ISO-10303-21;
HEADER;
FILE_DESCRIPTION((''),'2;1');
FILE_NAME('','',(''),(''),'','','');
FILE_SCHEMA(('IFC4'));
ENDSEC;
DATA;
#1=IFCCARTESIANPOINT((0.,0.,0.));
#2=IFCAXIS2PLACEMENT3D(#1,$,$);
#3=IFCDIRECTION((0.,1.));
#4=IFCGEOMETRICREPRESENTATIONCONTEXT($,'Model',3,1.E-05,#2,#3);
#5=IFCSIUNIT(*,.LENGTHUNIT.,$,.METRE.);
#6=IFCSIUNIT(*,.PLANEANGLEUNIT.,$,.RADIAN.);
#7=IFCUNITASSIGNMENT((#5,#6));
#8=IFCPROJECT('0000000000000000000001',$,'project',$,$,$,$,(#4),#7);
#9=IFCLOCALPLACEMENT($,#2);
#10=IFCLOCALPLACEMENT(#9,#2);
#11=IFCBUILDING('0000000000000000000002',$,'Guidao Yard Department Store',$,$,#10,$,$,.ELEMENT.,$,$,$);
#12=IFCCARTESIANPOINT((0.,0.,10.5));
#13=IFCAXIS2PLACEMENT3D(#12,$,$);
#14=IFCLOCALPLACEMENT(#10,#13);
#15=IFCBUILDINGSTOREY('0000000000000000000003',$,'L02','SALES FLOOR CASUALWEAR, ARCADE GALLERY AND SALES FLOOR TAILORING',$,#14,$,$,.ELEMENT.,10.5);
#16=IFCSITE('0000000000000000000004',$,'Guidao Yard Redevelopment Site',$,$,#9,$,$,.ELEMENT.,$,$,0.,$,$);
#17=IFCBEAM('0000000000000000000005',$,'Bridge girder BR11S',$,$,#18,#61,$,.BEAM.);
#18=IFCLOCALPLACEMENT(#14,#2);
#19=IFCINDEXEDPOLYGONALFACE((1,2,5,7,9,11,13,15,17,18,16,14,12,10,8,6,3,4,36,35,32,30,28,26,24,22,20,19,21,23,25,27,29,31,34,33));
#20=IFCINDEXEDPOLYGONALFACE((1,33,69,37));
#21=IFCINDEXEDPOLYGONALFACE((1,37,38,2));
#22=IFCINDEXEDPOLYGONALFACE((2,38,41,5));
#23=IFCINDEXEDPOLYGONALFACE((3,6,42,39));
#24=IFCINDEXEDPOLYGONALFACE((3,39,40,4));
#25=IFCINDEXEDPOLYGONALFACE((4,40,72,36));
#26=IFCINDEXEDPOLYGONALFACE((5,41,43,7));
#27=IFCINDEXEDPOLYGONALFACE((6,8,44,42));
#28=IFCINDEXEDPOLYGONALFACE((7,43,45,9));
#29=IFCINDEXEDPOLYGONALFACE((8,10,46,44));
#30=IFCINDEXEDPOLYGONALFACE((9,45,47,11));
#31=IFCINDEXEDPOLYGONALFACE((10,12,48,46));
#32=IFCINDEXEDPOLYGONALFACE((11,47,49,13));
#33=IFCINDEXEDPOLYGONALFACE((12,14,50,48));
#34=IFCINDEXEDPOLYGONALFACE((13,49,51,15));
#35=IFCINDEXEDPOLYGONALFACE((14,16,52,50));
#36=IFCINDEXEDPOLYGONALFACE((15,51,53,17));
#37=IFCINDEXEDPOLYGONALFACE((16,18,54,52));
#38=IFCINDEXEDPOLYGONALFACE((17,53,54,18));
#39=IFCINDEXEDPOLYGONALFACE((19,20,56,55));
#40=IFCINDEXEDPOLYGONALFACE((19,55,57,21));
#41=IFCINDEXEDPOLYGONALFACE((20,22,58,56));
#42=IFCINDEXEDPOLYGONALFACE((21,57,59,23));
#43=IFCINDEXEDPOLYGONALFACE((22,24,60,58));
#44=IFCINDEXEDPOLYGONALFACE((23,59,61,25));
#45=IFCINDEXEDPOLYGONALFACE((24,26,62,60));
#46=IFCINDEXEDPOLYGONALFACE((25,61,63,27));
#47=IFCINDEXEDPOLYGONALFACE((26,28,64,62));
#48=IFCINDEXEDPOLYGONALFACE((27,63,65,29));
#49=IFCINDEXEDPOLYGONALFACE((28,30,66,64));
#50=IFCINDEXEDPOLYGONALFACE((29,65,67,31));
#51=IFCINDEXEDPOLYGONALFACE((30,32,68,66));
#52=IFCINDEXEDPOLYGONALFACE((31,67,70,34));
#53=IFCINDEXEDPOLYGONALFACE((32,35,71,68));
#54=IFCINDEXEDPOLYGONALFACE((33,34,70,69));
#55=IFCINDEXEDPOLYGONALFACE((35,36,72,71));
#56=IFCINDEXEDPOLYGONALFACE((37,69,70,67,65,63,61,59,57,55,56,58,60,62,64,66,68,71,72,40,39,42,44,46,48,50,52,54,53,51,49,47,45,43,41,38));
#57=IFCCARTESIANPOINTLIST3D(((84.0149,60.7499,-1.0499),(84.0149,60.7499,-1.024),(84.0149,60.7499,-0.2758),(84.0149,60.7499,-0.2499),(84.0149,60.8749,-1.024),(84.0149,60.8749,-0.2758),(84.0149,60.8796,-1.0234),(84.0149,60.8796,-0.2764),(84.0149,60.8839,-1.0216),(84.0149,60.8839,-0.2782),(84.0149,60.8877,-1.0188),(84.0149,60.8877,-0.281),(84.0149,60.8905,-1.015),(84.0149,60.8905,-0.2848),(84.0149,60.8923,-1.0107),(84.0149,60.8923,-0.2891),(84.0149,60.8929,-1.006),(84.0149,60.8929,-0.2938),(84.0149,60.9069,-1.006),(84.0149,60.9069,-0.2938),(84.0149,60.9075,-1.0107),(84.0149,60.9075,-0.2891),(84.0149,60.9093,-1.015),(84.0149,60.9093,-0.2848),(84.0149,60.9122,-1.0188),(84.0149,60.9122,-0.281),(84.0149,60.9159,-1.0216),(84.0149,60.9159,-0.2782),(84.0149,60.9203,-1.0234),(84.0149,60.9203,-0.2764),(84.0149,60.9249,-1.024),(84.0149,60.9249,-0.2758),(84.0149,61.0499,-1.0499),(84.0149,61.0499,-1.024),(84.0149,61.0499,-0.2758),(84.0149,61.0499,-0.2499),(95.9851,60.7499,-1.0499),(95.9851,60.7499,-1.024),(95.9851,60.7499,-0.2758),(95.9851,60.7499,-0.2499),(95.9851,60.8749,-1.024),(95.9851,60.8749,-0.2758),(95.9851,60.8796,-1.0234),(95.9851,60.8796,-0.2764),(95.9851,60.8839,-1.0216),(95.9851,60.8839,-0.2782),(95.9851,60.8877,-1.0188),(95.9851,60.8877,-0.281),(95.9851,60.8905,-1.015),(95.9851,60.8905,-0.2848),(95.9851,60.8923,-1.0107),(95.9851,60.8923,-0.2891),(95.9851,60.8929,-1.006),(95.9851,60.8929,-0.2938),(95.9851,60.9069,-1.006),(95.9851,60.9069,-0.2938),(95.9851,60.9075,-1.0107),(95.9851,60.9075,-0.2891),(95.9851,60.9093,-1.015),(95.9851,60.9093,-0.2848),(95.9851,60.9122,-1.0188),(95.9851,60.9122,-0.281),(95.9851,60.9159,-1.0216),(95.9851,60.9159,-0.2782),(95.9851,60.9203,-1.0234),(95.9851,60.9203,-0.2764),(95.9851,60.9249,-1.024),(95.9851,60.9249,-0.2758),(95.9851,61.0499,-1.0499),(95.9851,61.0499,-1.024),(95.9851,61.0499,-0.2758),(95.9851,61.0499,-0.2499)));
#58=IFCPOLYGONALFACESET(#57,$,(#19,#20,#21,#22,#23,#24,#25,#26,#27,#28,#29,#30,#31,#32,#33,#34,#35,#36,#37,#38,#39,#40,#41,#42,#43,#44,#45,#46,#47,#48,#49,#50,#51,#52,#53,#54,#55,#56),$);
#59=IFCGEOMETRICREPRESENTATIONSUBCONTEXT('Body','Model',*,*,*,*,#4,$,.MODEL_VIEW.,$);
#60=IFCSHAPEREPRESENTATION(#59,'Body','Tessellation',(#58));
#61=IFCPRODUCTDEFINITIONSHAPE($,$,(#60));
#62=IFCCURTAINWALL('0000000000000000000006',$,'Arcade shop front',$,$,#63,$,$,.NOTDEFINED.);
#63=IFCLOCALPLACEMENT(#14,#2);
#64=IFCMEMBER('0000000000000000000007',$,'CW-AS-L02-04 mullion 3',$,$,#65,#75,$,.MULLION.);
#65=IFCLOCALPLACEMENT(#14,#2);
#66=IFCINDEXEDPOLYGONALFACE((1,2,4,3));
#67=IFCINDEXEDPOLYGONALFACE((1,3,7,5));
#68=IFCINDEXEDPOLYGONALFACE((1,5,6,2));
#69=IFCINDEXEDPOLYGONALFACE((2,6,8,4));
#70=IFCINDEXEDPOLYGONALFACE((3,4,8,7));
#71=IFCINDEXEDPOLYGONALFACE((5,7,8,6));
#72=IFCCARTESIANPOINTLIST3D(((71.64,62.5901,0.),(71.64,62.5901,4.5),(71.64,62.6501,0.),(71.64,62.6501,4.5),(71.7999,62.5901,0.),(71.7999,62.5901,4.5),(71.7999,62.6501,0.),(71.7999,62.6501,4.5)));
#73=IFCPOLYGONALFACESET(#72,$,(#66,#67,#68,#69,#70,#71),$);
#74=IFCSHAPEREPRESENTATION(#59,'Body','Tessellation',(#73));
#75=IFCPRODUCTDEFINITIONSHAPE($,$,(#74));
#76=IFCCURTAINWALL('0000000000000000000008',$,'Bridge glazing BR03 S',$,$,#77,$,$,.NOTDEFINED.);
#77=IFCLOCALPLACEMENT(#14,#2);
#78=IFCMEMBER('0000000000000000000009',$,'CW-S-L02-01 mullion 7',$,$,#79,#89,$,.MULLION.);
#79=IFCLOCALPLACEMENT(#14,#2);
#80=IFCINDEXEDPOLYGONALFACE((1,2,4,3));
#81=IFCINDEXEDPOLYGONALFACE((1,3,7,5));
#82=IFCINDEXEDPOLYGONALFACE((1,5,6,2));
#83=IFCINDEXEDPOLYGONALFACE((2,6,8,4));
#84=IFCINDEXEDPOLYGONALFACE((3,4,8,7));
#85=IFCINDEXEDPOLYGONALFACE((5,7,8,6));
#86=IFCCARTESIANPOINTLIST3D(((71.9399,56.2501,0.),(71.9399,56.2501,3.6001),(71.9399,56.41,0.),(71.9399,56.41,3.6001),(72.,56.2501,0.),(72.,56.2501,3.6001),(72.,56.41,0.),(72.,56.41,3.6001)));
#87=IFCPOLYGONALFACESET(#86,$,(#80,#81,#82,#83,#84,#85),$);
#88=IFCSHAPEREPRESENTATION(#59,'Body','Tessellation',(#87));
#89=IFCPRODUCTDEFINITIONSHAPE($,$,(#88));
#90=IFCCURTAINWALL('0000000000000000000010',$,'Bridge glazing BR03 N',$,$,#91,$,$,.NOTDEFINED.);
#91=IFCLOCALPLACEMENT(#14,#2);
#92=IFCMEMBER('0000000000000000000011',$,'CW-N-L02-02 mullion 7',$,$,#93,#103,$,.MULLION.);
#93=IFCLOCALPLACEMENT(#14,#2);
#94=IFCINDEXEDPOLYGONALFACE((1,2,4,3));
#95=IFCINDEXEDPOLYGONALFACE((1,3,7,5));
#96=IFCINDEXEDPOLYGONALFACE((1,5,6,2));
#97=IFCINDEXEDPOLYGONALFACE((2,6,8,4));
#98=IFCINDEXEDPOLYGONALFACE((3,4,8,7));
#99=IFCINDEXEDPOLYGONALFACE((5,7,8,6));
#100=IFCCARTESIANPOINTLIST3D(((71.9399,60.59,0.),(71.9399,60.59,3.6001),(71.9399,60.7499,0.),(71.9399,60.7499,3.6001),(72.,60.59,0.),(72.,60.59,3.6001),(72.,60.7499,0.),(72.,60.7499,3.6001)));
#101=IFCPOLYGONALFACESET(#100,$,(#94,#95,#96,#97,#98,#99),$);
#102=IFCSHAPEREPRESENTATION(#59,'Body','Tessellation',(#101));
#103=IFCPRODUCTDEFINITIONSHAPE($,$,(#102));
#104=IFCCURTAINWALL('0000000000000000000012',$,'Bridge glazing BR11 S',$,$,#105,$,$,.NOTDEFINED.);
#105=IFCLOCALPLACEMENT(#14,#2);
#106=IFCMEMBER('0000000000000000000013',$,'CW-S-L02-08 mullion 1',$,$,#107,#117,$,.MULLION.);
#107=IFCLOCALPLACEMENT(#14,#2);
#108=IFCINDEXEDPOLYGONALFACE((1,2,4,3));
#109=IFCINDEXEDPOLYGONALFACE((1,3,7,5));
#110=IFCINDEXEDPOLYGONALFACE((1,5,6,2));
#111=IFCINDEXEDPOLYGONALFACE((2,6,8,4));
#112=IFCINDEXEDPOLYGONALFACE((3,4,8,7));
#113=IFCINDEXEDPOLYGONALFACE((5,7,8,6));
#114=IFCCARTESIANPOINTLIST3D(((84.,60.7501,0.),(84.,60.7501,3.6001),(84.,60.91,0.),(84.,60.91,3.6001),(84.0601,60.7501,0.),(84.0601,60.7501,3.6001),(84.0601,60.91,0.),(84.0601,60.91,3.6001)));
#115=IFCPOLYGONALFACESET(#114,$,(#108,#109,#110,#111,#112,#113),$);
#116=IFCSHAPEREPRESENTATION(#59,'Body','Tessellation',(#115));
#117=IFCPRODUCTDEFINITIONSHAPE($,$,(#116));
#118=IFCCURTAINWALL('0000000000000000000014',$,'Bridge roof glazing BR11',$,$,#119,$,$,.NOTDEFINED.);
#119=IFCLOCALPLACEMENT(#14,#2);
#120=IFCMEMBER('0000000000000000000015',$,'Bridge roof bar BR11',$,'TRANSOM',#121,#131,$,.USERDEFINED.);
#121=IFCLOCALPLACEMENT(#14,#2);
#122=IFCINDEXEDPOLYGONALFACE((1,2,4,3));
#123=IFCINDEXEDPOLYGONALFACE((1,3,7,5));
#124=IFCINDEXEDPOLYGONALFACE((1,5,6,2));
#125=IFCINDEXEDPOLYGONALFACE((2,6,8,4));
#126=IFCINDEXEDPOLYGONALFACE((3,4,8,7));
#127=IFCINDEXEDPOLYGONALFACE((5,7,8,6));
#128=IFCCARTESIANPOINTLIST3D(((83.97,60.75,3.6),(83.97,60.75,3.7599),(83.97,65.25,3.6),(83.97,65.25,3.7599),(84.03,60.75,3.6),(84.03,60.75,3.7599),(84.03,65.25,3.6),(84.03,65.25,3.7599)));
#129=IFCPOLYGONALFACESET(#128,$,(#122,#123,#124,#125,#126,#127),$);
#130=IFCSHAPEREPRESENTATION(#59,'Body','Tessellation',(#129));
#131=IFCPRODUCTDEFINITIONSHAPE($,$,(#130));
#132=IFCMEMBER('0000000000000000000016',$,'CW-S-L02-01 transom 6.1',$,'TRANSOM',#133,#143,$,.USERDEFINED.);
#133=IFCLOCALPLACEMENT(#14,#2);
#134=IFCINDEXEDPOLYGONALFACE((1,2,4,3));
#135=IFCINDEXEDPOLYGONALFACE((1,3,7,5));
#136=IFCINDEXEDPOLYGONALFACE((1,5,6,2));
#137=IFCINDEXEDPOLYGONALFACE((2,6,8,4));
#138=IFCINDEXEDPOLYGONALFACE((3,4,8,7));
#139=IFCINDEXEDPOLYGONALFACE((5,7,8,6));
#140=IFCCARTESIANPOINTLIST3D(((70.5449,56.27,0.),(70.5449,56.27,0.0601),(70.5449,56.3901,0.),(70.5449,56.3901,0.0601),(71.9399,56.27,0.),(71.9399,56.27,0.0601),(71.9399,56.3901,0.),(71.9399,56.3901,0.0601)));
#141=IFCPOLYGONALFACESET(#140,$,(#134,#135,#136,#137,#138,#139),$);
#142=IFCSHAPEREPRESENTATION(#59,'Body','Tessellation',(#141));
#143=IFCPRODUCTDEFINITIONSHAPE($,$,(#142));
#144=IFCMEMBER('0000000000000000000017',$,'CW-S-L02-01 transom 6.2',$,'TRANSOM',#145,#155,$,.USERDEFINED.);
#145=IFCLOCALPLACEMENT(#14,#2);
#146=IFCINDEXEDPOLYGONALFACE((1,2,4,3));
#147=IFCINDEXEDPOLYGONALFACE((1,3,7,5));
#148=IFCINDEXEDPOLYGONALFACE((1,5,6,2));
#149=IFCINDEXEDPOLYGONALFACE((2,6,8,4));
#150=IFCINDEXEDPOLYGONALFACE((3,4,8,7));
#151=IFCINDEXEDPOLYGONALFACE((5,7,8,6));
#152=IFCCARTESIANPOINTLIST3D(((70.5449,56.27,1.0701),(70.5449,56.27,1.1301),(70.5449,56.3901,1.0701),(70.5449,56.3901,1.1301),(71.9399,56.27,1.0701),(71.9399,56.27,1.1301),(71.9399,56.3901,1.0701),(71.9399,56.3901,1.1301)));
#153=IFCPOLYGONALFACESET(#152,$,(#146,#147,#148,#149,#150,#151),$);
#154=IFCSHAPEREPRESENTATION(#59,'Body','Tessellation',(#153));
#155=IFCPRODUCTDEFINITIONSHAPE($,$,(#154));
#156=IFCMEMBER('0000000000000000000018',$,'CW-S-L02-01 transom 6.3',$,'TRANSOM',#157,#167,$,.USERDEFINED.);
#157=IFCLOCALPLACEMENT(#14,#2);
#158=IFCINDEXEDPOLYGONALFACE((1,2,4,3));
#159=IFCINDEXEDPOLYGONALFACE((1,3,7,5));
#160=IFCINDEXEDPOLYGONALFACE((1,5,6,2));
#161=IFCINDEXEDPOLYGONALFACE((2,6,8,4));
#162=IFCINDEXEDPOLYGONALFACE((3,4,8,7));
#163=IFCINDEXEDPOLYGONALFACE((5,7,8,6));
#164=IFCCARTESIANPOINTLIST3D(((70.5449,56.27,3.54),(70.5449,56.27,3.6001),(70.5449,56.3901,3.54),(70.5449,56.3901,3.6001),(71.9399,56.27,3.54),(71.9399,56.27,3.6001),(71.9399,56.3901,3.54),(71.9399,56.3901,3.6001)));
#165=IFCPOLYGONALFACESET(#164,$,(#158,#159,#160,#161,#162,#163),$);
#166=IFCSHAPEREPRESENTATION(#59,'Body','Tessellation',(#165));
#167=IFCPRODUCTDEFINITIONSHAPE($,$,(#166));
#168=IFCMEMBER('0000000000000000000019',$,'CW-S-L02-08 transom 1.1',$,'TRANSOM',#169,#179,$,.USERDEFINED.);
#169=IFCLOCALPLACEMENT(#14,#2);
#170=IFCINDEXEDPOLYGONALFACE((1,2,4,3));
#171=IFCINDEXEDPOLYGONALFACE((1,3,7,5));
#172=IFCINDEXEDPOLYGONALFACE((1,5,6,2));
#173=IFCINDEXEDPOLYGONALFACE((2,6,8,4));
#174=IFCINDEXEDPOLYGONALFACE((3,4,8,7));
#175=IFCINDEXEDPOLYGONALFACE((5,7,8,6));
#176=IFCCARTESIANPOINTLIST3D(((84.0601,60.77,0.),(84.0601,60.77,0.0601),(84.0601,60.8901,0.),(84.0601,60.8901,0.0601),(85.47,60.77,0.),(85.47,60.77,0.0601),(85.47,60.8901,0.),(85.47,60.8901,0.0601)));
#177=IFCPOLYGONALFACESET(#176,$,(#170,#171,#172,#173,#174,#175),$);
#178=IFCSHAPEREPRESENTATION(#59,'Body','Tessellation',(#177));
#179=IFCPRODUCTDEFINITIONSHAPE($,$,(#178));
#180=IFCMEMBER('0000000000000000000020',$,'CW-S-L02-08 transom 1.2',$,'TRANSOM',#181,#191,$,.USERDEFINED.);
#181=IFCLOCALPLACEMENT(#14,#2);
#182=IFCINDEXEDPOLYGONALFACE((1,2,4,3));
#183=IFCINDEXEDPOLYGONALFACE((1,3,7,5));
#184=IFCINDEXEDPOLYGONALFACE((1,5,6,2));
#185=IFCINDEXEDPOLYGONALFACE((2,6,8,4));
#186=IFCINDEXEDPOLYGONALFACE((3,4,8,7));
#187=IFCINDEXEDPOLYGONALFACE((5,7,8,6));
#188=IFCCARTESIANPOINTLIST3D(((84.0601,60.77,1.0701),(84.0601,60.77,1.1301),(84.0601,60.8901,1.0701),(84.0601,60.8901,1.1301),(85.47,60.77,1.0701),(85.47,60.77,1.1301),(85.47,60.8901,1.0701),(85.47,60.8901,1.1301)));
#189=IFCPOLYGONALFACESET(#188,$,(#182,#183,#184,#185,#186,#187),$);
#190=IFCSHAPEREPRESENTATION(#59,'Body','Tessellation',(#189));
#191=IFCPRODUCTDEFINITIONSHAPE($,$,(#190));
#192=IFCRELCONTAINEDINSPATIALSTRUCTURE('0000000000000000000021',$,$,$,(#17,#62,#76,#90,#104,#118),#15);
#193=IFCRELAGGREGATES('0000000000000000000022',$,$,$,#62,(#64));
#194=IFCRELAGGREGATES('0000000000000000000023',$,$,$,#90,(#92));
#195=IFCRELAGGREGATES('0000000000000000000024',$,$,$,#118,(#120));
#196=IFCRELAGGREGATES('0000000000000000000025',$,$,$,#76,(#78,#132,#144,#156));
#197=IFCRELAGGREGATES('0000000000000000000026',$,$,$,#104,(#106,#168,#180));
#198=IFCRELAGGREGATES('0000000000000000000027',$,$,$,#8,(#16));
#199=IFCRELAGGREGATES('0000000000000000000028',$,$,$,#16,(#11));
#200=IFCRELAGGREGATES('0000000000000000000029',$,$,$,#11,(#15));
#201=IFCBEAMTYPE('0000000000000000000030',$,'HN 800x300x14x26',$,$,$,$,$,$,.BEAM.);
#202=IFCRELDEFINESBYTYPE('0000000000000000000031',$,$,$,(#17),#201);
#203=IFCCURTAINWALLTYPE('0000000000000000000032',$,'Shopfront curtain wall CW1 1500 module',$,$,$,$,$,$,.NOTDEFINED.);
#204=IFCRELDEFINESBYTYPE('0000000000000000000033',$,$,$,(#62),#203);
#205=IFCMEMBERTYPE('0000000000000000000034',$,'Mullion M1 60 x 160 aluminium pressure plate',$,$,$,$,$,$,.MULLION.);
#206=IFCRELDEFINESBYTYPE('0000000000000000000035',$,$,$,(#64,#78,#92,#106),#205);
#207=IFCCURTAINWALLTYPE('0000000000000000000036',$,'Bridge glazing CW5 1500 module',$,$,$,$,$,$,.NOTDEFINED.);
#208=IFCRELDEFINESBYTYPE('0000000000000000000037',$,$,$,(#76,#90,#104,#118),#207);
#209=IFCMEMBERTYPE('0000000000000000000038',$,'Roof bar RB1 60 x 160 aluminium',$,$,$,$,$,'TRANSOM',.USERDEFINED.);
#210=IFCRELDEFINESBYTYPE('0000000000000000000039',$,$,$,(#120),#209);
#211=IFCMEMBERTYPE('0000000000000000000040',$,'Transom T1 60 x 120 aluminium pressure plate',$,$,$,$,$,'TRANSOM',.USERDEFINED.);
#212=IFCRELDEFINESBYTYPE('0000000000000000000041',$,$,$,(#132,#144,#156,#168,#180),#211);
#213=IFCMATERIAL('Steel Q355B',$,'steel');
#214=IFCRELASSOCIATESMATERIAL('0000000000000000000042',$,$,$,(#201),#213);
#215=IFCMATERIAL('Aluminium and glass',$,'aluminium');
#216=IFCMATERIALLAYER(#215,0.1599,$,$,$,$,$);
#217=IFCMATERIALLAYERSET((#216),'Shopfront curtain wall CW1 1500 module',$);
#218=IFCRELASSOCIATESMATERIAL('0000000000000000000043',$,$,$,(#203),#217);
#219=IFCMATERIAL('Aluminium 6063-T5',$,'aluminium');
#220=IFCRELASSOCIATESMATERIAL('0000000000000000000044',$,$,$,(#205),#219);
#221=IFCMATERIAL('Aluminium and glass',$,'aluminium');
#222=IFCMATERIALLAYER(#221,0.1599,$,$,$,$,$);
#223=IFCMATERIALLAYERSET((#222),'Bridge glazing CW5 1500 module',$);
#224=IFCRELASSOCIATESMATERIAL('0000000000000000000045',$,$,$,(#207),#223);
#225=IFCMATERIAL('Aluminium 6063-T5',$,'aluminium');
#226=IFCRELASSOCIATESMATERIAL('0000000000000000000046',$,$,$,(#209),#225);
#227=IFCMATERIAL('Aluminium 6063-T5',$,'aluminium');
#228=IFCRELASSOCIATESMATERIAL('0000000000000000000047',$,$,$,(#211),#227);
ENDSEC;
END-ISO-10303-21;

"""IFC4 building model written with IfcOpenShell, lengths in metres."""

from ifc_helpers import new_model, si_unit, direction, frame, origin, origin_2d, place, context, subcontext, project, spatial, rectangle, i_section, extrude, material, layer, layer_set, material_profile, profile_set, type_object, element, aggregate, save


model = new_model("IFC4")

# Units and contexts
model_context = context("Model", 3, precision=1e-05, world=origin(), true_north=direction((0.0, 1.0)))
body_context = subcontext(model_context, "Body", "Model", "MODEL_VIEW")
ifc_project = project(units=[si_unit("LENGTHUNIT", "METRE"), si_unit("PLANEANGLEUNIT", "RADIAN")], contexts=[model_context])

# Site, building, storey
site_placement = place(None, origin())
site = spatial("IfcSite", under=ifc_project, at=site_placement, Name="Guidao Yard Redevelopment Site", CompositionType="ELEMENT", RefElevation=0.0)
building_placement = place(site_placement, origin())
building = spatial("IfcBuilding", under=site, at=building_placement, Name="Guidao Yard Department Store", CompositionType="ELEMENT")
storey_placement = place(building_placement, frame((0.0, 0.0, 10.5)))
storey = spatial("IfcBuildingStorey", under=building, at=storey_placement, Name="L02", Description="SALES FLOOR CASUALWEAR, ARCADE GALLERY AND SALES FLOOR TAILORING", CompositionType="ELEMENT", Elevation=10.5)

# Beam
ifc_material_1 = material(Name="Steel Q355B", Category="steel")
ifc_material_profile_1 = material_profile(ifc_material_1, i_section(OverallWidth=0.3, OverallDepth=0.8, WebThickness=0.0139, FlangeThickness=0.0259, FilletRadius=0.0181, at=origin_2d()), Name="HN 800x300x14x26")
ifc_profile_set_1 = profile_set([ifc_material_profile_1], Name="Steel Q355B")
beam_type = type_object("IfcBeamType", Name="HN 800x300x14x26", PredefinedType="BEAM", material=ifc_profile_set_1)
beam_placement = place(storey_placement, frame((84.0149, 60.8999, -0.6499), z_axis=(1.0, 0.0, 0.0), x_axis=(0.0, 1.0, 0.0)))
element("IfcBeam", 1, at=beam_placement, inside=storey, type_object=beam_type, Name="Bridge girder BR11S", PredefinedType="BEAM", context=body_context, shape_type="SweptSolid", body=[
    extrude(i_section(OverallWidth=0.3, OverallDepth=0.8, WebThickness=0.0139, FlangeThickness=0.0259, FilletRadius=0.0181, at=origin_2d()), origin(), (0.0, 0.0, 1.0), 11.9702),
])

# Curtain walls, members
ifc_material_2 = material(Name="Aluminium and glass", Category="aluminium")
ifc_layer_1 = layer(ifc_material_2, 0.1599)
ifc_layer_set_1 = layer_set([ifc_layer_1], Name="Shopfront curtain wall CW1 1500 module")
curtain_wall_type_1 = type_object("IfcCurtainWallType", Name="Shopfront curtain wall CW1 1500 module", PredefinedType="NOTDEFINED", material=ifc_layer_set_1)
curtain_wall_1_placement = place(storey_placement, origin())
curtain_wall_1 = element("IfcCurtainWall", 2, at=curtain_wall_1_placement, inside=storey, type_object=curtain_wall_type_1, Name="Arcade shop front", PredefinedType="NOTDEFINED")
ifc_material_3 = material(Name="Aluminium 6063-T5", Category="aluminium")
ifc_material_profile_2 = material_profile(ifc_material_3, rectangle(XDim=0.0601, YDim=0.1599, at=origin_2d()), Name="Mullion M1 60 x 160 aluminium pressure plate")
ifc_profile_set_2 = profile_set([ifc_material_profile_2], Name="Aluminium 6063-T5")
member_type_1 = type_object("IfcMemberType", Name="Mullion M1 60 x 160 aluminium pressure plate", PredefinedType="MULLION", material=ifc_profile_set_2)
member_1_placement = place(storey_placement, frame((71.72, 62.6201, 0.0), z_axis=(0.0, 0.0, 1.0), x_axis=(0.0, 1.0, 0.0)))
member_1 = element("IfcMember", 3, at=member_1_placement, type_object=member_type_1, Name="CW-AS-L02-04 mullion 3", PredefinedType="MULLION", context=body_context, shape_type="SweptSolid", body=[
    extrude(rectangle(XDim=0.0601, YDim=0.1599, at=origin_2d()), origin(), (0.0, 0.0, 1.0), 4.5),
])
aggregate(curtain_wall_1, [member_1])
ifc_material_4 = material(Name="Aluminium and glass", Category="aluminium")
ifc_layer_2 = layer(ifc_material_4, 0.1599)
ifc_layer_set_2 = layer_set([ifc_layer_2], Name="Bridge glazing CW5 1500 module")
curtain_wall_type_2 = type_object("IfcCurtainWallType", Name="Bridge glazing CW5 1500 module", PredefinedType="NOTDEFINED", material=ifc_layer_set_2)
curtain_wall_2_placement = place(storey_placement, origin())
curtain_wall_2 = element("IfcCurtainWall", 4, at=curtain_wall_2_placement, inside=storey, type_object=curtain_wall_type_2, Name="Bridge glazing BR03 S", PredefinedType="NOTDEFINED")
member_2_placement = place(storey_placement, frame((71.97, 56.3301, 0.0), z_axis=(0.0, 0.0, 1.0), x_axis=(-1.0, 0.0, 0.0)))
member_2 = element("IfcMember", 5, at=member_2_placement, type_object=member_type_1, Name="CW-S-L02-01 mullion 7", PredefinedType="MULLION", context=body_context, shape_type="SweptSolid", body=[
    extrude(rectangle(XDim=0.0601, YDim=0.1599, at=origin_2d()), origin(), (0.0, 0.0, 1.0), 3.6001),
])
curtain_wall_3_placement = place(storey_placement, origin())
curtain_wall_3 = element("IfcCurtainWall", 6, at=curtain_wall_3_placement, inside=storey, type_object=curtain_wall_type_2, Name="Bridge glazing BR03 N", PredefinedType="NOTDEFINED")
member_3_placement = place(storey_placement, frame((71.97, 60.6699, 0.0), z_axis=(0.0, 0.0, 1.0), x_axis=(1.0, 0.0, 0.0)))
member_3 = element("IfcMember", 7, at=member_3_placement, type_object=member_type_1, Name="CW-N-L02-02 mullion 7", PredefinedType="MULLION", context=body_context, shape_type="SweptSolid", body=[
    extrude(rectangle(XDim=0.0601, YDim=0.1599, at=origin_2d()), origin(), (0.0, 0.0, 1.0), 3.6001),
])
aggregate(curtain_wall_3, [member_3])
curtain_wall_4_placement = place(storey_placement, origin())
curtain_wall_4 = element("IfcCurtainWall", 8, at=curtain_wall_4_placement, inside=storey, type_object=curtain_wall_type_2, Name="Bridge glazing BR11 S", PredefinedType="NOTDEFINED")
member_4_placement = place(storey_placement, frame((84.03, 60.8301, 0.0), z_axis=(0.0, 0.0, 1.0), x_axis=(-1.0, 0.0, 0.0)))
member_4 = element("IfcMember", 9, at=member_4_placement, type_object=member_type_1, Name="CW-S-L02-08 mullion 1", PredefinedType="MULLION", context=body_context, shape_type="SweptSolid", body=[
    extrude(rectangle(XDim=0.0601, YDim=0.1599, at=origin_2d()), origin(), (0.0, 0.0, 1.0), 3.6001),
])
curtain_wall_5_placement = place(storey_placement, origin())
curtain_wall_5 = element("IfcCurtainWall", 10, at=curtain_wall_5_placement, inside=storey, type_object=curtain_wall_type_2, Name="Bridge roof glazing BR11", PredefinedType="NOTDEFINED")
ifc_material_5 = material(Name="Aluminium 6063-T5", Category="aluminium")
ifc_material_profile_3 = material_profile(ifc_material_5, rectangle(XDim=0.0601, YDim=0.1599, at=origin_2d()), Name="Roof bar RB1 60 x 160 aluminium")
ifc_profile_set_3 = profile_set([ifc_material_profile_3], Name="Aluminium 6063-T5")
member_type_2 = type_object("IfcMemberType", Name="Roof bar RB1 60 x 160 aluminium", ElementType="TRANSOM", PredefinedType="USERDEFINED", material=ifc_profile_set_3)
member_5_placement = place(storey_placement, frame((84.0, 60.75, 3.6799), z_axis=(0.0, 1.0, 0.0), x_axis=(-1.0, 0.0, 0.0)))
member_5 = element("IfcMember", 11, at=member_5_placement, type_object=member_type_2, Name="Bridge roof bar BR11", ObjectType="TRANSOM", PredefinedType="USERDEFINED", context=body_context, shape_type="SweptSolid", body=[
    extrude(rectangle(XDim=0.0601, YDim=0.1599, at=origin_2d()), origin(), (0.0, 0.0, 1.0), 4.5),
])
aggregate(curtain_wall_5, [member_5])

# Members
ifc_material_6 = material(Name="Aluminium 6063-T5", Category="aluminium")
ifc_material_profile_4 = material_profile(ifc_material_6, rectangle(XDim=0.1201, YDim=0.0601, at=origin_2d()), Name="Transom T1 60 x 120 aluminium pressure plate")
ifc_profile_set_4 = profile_set([ifc_material_profile_4], Name="Aluminium 6063-T5")
member_type_3 = type_object("IfcMemberType", Name="Transom T1 60 x 120 aluminium pressure plate", ElementType="TRANSOM", PredefinedType="USERDEFINED", material=ifc_profile_set_4)
member_6_placement = place(storey_placement, frame((71.9399, 56.3301, 0.03), z_axis=(-1.0, 0.0, 0.0), x_axis=(0.0, -1.0, 0.0)))
member_6 = element("IfcMember", 12, at=member_6_placement, type_object=member_type_3, Name="CW-S-L02-01 transom 6.1", ObjectType="TRANSOM", PredefinedType="USERDEFINED", context=body_context, shape_type="SweptSolid", body=[
    extrude(rectangle(XDim=0.1201, YDim=0.0601, at=origin_2d()), origin(), (0.0, 0.0, 1.0), 1.395),
])
member_7_placement = place(storey_placement, frame((71.9399, 56.3301, 1.1001), z_axis=(-1.0, 0.0, 0.0), x_axis=(0.0, -1.0, 0.0)))
member_7 = element("IfcMember", 13, at=member_7_placement, type_object=member_type_3, Name="CW-S-L02-01 transom 6.2", ObjectType="TRANSOM", PredefinedType="USERDEFINED", context=body_context, shape_type="SweptSolid", body=[
    extrude(rectangle(XDim=0.1201, YDim=0.0601, at=origin_2d()), origin(), (0.0, 0.0, 1.0), 1.395),
])
member_8_placement = place(storey_placement, frame((71.9399, 56.3301, 3.5701), z_axis=(-1.0, 0.0, 0.0), x_axis=(0.0, -1.0, 0.0)))
member_8 = element("IfcMember", 14, at=member_8_placement, type_object=member_type_3, Name="CW-S-L02-01 transom 6.3", ObjectType="TRANSOM", PredefinedType="USERDEFINED", context=body_context, shape_type="SweptSolid", body=[
    extrude(rectangle(XDim=0.1201, YDim=0.0601, at=origin_2d()), origin(), (0.0, 0.0, 1.0), 1.395),
])
aggregate(curtain_wall_2, [member_2, member_6, member_7, member_8])
member_9_placement = place(storey_placement, frame((85.47, 60.8301, 0.03), z_axis=(-1.0, 0.0, 0.0), x_axis=(0.0, -1.0, 0.0)))
member_9 = element("IfcMember", 15, at=member_9_placement, type_object=member_type_3, Name="CW-S-L02-08 transom 1.1", ObjectType="TRANSOM", PredefinedType="USERDEFINED", context=body_context, shape_type="SweptSolid", body=[
    extrude(rectangle(XDim=0.1201, YDim=0.0601, at=origin_2d()), origin(), (0.0, 0.0, 1.0), 1.4099),
])
member_10_placement = place(storey_placement, frame((85.47, 60.8301, 1.1001), z_axis=(-1.0, 0.0, 0.0), x_axis=(0.0, -1.0, 0.0)))
member_10 = element("IfcMember", 16, at=member_10_placement, type_object=member_type_3, Name="CW-S-L02-08 transom 1.2", ObjectType="TRANSOM", PredefinedType="USERDEFINED", context=body_context, shape_type="SweptSolid", body=[
    extrude(rectangle(XDim=0.1201, YDim=0.0601, at=origin_2d()), origin(), (0.0, 0.0, 1.0), 1.4099),
])

aggregate(curtain_wall_4, [member_4, member_9, member_10])

save(model, "model.ifc")
